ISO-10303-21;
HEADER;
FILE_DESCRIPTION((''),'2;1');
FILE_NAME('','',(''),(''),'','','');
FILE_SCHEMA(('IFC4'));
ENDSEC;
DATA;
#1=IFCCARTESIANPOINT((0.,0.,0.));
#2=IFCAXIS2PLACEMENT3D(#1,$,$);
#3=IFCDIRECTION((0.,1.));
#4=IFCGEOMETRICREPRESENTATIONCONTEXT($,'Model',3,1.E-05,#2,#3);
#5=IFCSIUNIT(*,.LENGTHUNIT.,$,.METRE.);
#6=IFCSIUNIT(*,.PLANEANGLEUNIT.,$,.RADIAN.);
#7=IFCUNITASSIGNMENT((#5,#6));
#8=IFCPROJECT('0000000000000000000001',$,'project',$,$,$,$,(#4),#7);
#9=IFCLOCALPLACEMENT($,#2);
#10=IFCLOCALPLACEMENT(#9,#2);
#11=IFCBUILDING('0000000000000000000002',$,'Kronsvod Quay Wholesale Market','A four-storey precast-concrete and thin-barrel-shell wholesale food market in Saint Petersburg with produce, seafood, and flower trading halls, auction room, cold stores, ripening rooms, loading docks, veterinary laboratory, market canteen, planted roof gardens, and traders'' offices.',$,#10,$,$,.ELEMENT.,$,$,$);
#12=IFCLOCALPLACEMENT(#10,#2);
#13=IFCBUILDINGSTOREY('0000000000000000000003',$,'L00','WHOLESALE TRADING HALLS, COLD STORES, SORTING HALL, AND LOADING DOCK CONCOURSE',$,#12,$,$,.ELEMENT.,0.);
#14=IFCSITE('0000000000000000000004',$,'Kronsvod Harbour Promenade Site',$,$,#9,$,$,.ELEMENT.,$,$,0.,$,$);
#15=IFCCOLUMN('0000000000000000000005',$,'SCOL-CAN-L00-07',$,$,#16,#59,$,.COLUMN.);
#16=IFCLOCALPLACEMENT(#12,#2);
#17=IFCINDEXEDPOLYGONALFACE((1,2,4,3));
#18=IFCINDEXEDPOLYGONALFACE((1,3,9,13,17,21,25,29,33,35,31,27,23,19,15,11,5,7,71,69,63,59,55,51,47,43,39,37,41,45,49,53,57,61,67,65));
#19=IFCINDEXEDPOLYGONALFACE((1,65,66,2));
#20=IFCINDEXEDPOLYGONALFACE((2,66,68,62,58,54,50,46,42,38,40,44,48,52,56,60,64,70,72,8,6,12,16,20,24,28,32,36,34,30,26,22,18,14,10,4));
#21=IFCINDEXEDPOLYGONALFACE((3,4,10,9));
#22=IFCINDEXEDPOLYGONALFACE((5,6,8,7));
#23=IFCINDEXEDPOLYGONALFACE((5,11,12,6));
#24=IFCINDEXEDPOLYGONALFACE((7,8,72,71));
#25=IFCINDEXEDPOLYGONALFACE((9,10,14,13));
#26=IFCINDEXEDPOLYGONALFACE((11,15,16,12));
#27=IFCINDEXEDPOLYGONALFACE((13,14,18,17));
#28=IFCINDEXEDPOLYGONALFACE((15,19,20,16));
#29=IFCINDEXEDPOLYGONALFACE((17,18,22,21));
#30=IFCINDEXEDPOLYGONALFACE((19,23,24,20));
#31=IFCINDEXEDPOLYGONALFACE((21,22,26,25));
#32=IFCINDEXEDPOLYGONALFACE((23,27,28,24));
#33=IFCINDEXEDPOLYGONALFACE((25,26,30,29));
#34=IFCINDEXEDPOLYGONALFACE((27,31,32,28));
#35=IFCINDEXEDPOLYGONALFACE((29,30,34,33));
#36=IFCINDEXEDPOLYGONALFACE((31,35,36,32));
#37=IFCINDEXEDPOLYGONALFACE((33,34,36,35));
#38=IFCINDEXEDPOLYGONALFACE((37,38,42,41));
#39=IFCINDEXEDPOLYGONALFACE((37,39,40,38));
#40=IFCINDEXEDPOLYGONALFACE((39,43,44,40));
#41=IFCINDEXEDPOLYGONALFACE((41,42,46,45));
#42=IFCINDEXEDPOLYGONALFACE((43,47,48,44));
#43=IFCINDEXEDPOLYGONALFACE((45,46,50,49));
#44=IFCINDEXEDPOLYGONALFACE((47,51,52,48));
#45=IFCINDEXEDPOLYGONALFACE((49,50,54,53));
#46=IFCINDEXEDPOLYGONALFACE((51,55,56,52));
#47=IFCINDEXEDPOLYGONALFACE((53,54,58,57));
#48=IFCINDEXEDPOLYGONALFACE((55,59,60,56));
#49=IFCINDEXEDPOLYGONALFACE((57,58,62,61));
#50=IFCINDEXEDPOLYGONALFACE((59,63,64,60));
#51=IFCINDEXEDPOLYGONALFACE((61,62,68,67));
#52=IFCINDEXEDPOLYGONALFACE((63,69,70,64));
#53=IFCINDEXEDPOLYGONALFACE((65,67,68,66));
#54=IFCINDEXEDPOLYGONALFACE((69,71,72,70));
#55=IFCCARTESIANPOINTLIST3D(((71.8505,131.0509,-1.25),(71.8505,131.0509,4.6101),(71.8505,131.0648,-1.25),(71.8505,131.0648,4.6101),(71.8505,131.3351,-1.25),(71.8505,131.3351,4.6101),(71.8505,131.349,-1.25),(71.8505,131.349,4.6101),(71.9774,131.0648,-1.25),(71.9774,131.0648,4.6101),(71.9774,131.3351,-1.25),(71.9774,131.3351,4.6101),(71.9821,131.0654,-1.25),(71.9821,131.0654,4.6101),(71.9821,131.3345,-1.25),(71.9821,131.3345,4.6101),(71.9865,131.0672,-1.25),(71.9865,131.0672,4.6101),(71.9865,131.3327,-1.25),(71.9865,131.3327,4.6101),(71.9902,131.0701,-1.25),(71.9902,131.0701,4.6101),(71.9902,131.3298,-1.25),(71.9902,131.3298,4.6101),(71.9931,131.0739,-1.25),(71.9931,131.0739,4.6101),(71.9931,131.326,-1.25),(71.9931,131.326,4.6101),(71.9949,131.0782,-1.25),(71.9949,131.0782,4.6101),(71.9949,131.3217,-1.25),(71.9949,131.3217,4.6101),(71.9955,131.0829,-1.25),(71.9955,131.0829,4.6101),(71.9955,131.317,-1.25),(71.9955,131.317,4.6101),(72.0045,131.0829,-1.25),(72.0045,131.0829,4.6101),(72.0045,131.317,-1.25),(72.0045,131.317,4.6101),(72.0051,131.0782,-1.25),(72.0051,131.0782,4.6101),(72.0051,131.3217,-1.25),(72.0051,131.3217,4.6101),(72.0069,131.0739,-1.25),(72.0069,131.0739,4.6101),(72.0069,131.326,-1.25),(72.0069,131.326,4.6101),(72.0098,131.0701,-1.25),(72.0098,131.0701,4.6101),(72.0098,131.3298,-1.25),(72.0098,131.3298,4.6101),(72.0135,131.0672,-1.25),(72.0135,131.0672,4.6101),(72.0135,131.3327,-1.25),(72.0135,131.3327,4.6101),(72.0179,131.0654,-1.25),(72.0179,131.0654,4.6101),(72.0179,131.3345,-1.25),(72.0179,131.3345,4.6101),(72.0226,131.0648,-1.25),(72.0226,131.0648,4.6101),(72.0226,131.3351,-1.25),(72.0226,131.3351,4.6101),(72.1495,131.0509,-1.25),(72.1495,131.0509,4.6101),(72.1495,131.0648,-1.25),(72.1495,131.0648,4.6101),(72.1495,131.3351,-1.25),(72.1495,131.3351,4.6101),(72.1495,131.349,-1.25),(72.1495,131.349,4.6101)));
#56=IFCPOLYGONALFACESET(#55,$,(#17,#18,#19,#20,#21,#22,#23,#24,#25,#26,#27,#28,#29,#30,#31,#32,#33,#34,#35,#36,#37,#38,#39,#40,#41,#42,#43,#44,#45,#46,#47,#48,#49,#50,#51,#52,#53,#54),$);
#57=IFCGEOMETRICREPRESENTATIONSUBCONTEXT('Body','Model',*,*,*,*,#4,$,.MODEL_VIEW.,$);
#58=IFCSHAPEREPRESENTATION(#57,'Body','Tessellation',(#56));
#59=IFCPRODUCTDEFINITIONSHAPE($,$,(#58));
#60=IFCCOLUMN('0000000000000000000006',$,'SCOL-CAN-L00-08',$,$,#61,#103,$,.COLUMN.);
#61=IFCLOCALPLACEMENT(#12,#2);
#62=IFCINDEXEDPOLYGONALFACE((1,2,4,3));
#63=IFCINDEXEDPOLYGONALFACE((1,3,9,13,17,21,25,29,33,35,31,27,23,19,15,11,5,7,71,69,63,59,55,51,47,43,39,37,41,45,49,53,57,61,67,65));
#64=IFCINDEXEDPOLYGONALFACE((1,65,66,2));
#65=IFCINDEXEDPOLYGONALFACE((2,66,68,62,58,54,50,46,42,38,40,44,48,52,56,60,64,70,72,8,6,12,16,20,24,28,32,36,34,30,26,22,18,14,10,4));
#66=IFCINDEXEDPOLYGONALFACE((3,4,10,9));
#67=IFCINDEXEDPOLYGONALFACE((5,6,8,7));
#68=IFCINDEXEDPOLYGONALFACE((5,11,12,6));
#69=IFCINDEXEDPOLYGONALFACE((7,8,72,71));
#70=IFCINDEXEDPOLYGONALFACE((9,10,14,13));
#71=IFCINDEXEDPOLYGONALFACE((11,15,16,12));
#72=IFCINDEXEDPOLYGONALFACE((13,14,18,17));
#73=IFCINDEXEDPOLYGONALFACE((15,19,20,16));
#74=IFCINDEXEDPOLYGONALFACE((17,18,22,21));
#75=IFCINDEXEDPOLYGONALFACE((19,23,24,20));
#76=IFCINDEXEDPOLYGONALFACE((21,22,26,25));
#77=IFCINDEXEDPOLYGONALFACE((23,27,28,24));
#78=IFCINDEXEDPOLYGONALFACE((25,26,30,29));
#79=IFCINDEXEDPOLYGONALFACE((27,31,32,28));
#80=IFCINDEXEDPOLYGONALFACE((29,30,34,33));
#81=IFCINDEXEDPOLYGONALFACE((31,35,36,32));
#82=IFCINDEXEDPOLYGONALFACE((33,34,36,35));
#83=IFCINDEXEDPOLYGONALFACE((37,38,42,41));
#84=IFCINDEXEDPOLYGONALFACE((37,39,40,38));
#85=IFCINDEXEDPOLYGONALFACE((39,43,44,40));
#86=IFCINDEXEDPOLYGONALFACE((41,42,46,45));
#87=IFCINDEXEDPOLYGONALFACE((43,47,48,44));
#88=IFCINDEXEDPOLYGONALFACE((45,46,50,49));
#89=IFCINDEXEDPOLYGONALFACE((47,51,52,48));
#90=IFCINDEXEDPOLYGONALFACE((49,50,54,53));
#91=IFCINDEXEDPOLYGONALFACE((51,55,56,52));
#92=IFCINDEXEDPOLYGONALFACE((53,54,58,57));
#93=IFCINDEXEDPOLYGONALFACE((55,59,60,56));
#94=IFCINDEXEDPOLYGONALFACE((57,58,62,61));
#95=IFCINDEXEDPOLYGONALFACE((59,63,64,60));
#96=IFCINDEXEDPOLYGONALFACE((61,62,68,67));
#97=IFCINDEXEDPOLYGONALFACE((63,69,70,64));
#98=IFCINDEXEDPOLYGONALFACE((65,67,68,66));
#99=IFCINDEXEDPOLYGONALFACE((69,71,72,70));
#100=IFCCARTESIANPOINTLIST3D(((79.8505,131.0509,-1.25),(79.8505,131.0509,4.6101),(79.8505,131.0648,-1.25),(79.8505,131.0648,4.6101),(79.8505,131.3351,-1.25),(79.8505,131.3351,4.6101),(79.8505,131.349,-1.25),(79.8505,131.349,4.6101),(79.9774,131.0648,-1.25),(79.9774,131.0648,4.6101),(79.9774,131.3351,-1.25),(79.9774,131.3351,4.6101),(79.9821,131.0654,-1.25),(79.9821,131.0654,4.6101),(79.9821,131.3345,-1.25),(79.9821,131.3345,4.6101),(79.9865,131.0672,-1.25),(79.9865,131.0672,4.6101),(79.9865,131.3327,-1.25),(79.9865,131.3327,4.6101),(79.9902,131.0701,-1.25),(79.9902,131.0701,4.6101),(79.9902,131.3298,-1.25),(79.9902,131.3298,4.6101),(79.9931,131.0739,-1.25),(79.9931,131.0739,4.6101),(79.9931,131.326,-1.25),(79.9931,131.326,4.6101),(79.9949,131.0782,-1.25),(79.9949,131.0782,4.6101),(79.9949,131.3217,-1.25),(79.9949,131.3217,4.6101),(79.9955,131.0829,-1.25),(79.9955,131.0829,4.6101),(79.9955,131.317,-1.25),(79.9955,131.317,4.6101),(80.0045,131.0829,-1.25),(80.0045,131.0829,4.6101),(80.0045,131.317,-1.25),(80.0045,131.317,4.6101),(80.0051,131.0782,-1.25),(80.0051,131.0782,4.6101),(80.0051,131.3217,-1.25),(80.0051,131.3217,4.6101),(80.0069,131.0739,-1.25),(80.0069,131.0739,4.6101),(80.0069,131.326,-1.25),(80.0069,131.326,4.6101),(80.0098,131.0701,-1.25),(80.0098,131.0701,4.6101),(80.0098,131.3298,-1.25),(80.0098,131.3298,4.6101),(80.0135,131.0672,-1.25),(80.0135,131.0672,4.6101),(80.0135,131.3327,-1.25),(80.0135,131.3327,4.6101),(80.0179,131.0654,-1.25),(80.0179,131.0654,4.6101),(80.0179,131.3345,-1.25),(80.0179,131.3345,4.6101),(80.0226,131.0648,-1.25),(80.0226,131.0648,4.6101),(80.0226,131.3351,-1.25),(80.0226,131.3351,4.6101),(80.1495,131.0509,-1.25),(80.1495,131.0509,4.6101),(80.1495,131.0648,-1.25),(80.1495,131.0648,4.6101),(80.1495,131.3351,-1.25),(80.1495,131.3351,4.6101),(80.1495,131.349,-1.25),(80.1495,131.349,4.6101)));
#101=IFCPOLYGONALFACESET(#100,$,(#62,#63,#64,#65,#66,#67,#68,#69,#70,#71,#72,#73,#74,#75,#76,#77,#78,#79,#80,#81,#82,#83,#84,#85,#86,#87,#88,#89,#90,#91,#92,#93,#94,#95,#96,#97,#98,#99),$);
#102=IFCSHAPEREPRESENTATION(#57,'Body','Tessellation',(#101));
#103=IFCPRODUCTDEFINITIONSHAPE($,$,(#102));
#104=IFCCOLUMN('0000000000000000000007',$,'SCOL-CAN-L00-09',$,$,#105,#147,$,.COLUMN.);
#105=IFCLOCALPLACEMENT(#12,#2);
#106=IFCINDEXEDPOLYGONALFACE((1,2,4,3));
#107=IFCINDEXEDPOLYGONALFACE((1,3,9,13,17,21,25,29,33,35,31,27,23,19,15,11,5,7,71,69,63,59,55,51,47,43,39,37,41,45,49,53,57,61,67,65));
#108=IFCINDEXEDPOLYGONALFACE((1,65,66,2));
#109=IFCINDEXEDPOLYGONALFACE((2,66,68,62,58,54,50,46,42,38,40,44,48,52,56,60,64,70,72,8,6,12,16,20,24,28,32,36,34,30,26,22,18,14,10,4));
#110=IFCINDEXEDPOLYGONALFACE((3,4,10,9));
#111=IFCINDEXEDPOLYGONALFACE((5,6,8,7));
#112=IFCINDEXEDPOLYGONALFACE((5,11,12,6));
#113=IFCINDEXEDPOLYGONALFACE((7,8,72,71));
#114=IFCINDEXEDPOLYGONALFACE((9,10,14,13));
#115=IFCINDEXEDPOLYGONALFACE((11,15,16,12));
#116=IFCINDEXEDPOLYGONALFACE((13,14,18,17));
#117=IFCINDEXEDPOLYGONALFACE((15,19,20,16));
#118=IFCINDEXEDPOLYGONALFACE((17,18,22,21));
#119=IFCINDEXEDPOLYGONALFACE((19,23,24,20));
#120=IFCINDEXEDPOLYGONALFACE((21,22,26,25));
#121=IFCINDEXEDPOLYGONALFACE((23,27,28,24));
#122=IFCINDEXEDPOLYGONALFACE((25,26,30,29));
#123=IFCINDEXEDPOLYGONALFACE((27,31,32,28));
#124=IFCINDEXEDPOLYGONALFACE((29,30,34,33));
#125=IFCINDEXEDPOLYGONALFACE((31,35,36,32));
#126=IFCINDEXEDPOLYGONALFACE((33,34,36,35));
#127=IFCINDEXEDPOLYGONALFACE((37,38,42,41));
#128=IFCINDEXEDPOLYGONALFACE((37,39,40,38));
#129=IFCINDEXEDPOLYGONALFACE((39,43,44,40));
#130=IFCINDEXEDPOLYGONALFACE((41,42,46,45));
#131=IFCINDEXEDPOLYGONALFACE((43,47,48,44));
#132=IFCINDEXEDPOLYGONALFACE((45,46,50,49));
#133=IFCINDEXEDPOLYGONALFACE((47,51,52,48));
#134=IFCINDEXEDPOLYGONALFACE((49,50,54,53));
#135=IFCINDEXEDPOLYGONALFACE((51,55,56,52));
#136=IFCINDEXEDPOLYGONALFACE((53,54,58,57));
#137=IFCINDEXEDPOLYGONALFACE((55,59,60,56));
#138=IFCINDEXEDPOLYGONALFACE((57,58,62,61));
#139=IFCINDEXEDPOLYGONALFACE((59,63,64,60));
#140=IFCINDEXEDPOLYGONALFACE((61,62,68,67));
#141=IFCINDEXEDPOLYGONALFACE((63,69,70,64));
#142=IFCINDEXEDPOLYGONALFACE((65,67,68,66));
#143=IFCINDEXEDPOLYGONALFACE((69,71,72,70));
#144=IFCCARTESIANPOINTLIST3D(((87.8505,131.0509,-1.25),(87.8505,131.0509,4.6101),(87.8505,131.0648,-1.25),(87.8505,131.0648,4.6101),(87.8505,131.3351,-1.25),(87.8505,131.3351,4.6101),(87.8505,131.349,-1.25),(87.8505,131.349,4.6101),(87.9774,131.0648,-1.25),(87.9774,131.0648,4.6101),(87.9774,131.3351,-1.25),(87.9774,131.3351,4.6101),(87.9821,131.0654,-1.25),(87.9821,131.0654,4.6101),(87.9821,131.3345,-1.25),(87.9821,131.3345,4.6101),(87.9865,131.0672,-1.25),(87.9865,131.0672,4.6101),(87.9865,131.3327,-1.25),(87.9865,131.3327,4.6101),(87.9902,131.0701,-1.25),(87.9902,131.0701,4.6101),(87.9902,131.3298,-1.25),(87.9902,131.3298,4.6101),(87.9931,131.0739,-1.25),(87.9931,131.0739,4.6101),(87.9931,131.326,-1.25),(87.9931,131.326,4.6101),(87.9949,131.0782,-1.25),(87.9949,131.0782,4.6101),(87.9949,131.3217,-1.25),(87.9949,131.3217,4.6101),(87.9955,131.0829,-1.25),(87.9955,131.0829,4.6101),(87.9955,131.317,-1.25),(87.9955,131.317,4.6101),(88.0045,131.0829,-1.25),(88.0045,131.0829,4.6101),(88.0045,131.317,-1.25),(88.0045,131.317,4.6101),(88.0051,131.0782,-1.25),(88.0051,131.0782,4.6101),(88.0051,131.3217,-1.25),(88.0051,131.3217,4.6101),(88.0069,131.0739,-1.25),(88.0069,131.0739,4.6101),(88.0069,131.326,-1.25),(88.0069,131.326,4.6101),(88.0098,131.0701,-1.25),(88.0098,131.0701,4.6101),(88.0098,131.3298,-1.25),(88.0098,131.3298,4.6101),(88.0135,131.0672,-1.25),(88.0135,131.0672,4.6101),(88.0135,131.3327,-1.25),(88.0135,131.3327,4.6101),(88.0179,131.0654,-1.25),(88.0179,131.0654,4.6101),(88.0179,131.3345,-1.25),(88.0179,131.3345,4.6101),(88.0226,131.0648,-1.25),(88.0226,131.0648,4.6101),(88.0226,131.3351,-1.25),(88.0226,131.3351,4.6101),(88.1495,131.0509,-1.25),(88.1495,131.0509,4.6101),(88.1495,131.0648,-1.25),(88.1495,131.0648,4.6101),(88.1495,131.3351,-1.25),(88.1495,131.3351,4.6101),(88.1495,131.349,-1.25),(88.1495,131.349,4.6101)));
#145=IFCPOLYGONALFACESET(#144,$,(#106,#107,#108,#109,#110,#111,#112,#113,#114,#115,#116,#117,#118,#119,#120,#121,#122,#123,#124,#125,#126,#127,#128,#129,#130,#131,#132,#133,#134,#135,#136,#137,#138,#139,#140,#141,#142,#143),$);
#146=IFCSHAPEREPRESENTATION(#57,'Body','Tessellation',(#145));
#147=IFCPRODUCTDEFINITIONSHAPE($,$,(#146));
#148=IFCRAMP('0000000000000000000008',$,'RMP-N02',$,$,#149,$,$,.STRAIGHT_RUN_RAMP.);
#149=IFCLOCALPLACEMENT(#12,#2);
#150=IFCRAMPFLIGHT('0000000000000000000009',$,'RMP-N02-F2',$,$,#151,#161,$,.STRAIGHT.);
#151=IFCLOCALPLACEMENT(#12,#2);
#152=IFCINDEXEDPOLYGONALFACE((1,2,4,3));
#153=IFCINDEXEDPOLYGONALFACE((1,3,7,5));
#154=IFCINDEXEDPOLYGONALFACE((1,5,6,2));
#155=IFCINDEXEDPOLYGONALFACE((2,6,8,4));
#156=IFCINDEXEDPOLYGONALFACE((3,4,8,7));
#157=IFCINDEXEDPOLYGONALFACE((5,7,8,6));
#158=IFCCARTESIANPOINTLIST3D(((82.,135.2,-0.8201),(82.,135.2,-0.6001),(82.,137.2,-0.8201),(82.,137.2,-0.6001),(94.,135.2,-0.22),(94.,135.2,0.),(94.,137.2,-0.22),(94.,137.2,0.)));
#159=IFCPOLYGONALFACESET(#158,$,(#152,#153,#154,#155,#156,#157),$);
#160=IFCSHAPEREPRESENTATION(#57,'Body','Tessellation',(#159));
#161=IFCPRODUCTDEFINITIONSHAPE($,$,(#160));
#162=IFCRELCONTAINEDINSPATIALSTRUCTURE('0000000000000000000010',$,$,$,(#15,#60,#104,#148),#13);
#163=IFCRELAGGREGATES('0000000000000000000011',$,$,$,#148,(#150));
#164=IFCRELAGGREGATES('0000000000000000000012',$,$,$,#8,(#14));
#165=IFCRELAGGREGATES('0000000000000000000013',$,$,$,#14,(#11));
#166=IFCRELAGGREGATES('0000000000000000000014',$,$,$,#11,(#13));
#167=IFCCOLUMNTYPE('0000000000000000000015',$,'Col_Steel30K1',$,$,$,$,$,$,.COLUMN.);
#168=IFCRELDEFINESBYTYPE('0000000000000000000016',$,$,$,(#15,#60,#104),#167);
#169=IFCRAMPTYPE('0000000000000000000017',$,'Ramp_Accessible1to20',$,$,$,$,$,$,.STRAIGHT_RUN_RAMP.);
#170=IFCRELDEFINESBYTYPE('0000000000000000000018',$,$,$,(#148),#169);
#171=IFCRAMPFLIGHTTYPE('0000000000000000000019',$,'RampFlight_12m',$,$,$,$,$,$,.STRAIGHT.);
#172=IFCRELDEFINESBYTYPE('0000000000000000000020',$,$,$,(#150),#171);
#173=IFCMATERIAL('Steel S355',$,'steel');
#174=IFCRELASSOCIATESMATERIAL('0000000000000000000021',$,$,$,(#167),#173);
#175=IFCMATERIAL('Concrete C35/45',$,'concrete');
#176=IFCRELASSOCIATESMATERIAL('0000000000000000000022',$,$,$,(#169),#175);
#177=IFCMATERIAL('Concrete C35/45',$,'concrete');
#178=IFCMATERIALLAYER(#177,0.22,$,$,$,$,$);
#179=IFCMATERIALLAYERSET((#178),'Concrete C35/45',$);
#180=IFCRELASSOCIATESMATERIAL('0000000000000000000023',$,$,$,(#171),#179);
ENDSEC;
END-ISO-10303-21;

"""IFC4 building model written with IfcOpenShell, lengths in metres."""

from ifc_helpers import new_model, si_unit, direction, frame, origin, origin_2d, place, context, subcontext, project, spatial, polyline, i_section, outline, extrude, material, layer, layer_set, material_profile, profile_set, type_object, element, aggregate, save


model = new_model("IFC4")

# Units and contexts
model_context = context("Model", 3, precision=1e-05, world=origin(), true_north=direction((0.0, 1.0)))
body_context = subcontext(model_context, "Body", "Model", "MODEL_VIEW")
ifc_project = project(units=[si_unit("LENGTHUNIT", "METRE"), si_unit("PLANEANGLEUNIT", "RADIAN")], contexts=[model_context])

# Site, building, storey
site_placement = place(None, origin())
site = spatial("IfcSite", under=ifc_project, at=site_placement, Name="Kronsvod Harbour Promenade Site", CompositionType="ELEMENT", RefElevation=0.0)
building_placement = place(site_placement, origin())
building = spatial("IfcBuilding", under=site, at=building_placement, Name="Kronsvod Quay Wholesale Market", Description="A four-storey precast-concrete and thin-barrel-shell wholesale food market in Saint Petersburg with produce, seafood, and flower trading halls, auction room, cold stores, ripening rooms, loading docks, veterinary laboratory, market canteen, planted roof gardens, and traders' offices.", CompositionType="ELEMENT")
storey_placement = place(building_placement, origin())
storey = spatial("IfcBuildingStorey", under=building, at=storey_placement, Name="L00", Description="WHOLESALE TRADING HALLS, COLD STORES, SORTING HALL, AND LOADING DOCK CONCOURSE", CompositionType="ELEMENT", Elevation=0.0)

# Columns
ifc_material_1 = material(Name="Steel S355", Category="steel")
ifc_material_profile_1 = material_profile(ifc_material_1, i_section(OverallWidth=0.2991, OverallDepth=0.2981, WebThickness=0.009, FlangeThickness=0.0139, FilletRadius=0.0181, at=origin_2d()), Name="30K1")
ifc_profile_set_1 = profile_set([ifc_material_profile_1], Name="Steel S355")
column_type_1 = type_object("IfcColumnType", Name="Col_Steel30K1", PredefinedType="COLUMN", material=ifc_profile_set_1)
for number, where, z_axis, x_axis, name in (
    (1, (72.0, 131.2, -1.25), (0.0, 0.0, 1.0), (1.0, 0.0, 0.0), "SCOL-CAN-L00-07"),
    (2, (80.0, 131.2, -1.25), (0.0, 0.0, 1.0), (1.0, 0.0, 0.0), "SCOL-CAN-L00-08"),
    (3, (88.0, 131.2, -1.25), (0.0, 0.0, 1.0), (1.0, 0.0, 0.0), "SCOL-CAN-L00-09"),
):
    element("IfcColumn", number, at=place(storey_placement, frame(where, z_axis=z_axis, x_axis=x_axis)), inside=storey, type_object=column_type_1, Name=name, PredefinedType="COLUMN", context=body_context, shape_type="SweptSolid", body=[
        extrude(i_section(OverallWidth=0.2991, OverallDepth=0.2981, WebThickness=0.009, FlangeThickness=0.0139, FilletRadius=0.0181, at=origin_2d()), origin(), (0.0, 0.0, 1.0), 5.8601),
    ])

# Ramp, ramp flight
ifc_material_2 = material(Name="Concrete C35/45", Category="concrete")
ramp_type = type_object("IfcRampType", Name="Ramp_Accessible1to20", PredefinedType="STRAIGHT_RUN_RAMP", material=ifc_material_2)
ramp_placement = place(storey_placement, origin())
ramp = element("IfcRamp", 4, at=ramp_placement, inside=storey, type_object=ramp_type, Name="RMP-N02", PredefinedType="STRAIGHT_RUN_RAMP")
ifc_material_3 = material(Name="Concrete C35/45", Category="concrete")
ifc_layer = layer(ifc_material_3, 0.22)
ifc_layer_set = layer_set([ifc_layer], Name="Concrete C35/45")
ramp_flight_type = type_object("IfcRampFlightType", Name="RampFlight_12m", PredefinedType="STRAIGHT", material=ifc_layer_set)
ramp_flight_placement = place(storey_placement, frame((82.0, 136.2, -0.6001), z_axis=(0.0, 0.0, 1.0), x_axis=(1.0, 0.0, 0.0)))
ramp_flight = element("IfcRampFlight", 5, at=ramp_flight_placement, type_object=ramp_flight_type, Name="RMP-N02-F2", PredefinedType="STRAIGHT", context=body_context, shape_type="SweptSolid", body=[
    extrude(outline(polyline([(0.0, 0.0), (0.0, -0.22), (12.0, 0.3801), (12.0, 0.6001), (0.0, 0.0)])), frame((0.0, 1.0, 0.0), z_axis=(0.0, -1.0, 0.0), x_axis=(1.0, 0.0, 0.0)), (0.0, 0.0, 1.0), 2.0),
])
aggregate(ramp, [ramp_flight])

save(model, "model.ifc")
